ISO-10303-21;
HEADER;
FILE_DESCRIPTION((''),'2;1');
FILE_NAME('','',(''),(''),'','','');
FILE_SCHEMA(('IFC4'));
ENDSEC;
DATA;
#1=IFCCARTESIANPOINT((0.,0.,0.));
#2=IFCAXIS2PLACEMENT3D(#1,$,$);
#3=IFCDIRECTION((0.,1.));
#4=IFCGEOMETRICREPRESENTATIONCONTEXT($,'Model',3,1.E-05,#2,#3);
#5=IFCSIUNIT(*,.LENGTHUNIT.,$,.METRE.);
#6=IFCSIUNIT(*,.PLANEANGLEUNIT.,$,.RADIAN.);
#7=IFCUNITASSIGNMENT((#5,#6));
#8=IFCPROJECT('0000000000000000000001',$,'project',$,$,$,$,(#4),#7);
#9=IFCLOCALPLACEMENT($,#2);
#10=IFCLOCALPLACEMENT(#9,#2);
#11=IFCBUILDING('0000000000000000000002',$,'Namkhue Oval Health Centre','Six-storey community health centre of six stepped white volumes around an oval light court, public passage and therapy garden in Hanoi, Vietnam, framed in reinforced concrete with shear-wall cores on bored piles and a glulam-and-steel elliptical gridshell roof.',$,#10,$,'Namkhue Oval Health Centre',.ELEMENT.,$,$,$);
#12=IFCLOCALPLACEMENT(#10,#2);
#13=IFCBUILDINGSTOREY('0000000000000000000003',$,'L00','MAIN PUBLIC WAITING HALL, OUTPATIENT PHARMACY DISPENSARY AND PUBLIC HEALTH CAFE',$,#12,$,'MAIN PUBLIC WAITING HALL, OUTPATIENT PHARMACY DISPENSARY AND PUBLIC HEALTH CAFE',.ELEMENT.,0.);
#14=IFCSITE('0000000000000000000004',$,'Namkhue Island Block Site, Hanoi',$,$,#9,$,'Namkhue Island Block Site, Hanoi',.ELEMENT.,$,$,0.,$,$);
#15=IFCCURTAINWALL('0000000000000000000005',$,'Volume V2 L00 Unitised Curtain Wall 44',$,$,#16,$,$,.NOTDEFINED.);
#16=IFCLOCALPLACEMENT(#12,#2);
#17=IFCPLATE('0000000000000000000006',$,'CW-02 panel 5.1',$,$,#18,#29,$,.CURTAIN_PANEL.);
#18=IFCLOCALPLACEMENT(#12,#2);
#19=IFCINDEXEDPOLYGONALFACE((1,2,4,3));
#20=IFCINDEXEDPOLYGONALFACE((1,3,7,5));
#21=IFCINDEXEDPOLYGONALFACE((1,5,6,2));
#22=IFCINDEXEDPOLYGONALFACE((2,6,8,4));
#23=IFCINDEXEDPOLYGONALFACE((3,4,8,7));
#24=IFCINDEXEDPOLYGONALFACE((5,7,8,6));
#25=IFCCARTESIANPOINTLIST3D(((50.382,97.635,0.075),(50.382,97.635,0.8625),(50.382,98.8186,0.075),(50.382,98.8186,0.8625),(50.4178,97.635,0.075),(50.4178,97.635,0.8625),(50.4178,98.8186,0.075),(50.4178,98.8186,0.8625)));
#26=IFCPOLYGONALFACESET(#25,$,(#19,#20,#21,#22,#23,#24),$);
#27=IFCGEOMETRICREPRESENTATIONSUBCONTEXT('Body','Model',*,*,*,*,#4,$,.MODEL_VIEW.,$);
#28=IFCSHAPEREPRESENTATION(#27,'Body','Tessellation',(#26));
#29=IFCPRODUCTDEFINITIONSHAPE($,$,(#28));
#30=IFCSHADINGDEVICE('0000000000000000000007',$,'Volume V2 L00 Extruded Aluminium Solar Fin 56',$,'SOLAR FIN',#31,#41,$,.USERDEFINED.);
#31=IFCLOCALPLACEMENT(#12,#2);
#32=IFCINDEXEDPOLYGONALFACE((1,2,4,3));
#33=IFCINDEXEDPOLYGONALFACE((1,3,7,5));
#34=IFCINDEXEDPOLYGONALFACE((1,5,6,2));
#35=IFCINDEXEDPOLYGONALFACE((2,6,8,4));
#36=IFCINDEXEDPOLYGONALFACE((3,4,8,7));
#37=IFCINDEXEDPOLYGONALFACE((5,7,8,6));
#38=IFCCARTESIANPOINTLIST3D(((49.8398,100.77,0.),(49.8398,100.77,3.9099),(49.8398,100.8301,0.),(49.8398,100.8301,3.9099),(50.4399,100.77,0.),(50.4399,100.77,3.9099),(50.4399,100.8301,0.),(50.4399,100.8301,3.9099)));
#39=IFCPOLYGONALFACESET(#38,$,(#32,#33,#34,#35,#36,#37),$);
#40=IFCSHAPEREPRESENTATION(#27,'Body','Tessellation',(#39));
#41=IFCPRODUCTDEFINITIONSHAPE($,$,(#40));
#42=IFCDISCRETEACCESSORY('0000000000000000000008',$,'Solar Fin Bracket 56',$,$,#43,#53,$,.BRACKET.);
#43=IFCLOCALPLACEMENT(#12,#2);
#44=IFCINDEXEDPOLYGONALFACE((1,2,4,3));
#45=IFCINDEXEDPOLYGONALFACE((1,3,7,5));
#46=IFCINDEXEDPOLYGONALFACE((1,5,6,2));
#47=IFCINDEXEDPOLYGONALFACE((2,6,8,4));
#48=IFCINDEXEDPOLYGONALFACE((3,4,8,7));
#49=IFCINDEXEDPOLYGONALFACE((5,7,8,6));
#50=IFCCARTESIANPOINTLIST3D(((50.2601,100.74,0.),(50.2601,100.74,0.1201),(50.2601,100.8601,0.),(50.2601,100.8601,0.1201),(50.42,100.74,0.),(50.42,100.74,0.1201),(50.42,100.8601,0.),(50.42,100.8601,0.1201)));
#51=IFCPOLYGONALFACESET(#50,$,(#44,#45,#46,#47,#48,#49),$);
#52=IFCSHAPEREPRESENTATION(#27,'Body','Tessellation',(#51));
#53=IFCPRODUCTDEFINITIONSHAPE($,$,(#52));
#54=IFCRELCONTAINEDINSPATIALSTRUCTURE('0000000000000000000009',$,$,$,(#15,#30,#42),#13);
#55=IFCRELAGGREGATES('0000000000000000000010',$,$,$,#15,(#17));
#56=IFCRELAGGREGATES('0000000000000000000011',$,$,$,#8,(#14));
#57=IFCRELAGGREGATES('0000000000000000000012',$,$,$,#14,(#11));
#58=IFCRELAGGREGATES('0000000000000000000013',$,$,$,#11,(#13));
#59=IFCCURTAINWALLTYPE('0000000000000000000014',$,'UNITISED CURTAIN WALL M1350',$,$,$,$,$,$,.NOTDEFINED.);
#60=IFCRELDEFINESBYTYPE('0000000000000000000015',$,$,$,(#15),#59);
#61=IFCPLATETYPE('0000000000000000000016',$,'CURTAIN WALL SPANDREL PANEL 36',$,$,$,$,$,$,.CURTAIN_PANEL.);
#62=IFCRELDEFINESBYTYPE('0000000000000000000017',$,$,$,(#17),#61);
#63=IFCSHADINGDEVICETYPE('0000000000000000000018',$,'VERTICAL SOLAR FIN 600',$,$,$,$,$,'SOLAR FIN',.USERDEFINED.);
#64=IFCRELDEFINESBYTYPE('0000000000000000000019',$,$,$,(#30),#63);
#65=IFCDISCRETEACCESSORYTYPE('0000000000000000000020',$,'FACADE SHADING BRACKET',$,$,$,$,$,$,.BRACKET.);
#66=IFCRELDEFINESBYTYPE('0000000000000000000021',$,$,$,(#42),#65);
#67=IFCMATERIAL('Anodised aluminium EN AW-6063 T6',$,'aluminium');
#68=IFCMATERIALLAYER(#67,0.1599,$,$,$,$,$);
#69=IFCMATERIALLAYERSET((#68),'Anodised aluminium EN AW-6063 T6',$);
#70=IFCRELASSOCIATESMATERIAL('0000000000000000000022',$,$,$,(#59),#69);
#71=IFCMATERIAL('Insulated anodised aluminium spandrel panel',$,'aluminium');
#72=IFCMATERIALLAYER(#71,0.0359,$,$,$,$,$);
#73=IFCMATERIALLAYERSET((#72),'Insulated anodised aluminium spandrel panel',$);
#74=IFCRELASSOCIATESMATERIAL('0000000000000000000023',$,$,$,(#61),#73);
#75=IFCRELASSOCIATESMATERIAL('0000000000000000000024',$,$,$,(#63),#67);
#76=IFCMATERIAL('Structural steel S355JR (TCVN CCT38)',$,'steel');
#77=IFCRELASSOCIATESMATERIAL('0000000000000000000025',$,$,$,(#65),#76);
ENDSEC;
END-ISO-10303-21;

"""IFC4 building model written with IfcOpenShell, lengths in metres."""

from ifc_helpers import new_model, si_unit, direction, frame, origin, origin_2d, place, context, subcontext, project, spatial, rectangle, extrude, material, layer, layer_set, type_object, element, aggregate, save


model = new_model("IFC4")

# Units and contexts
model_context = context("Model", 3, precision=1e-05, world=origin(), true_north=direction((0.0, 1.0)))
body_context = subcontext(model_context, "Body", "Model", "MODEL_VIEW")
ifc_project = project(units=[si_unit("LENGTHUNIT", "METRE"), si_unit("PLANEANGLEUNIT", "RADIAN")], contexts=[model_context])

# Site, building, storey
site_placement = place(None, origin())
site = spatial("IfcSite", under=ifc_project, at=site_placement, Name="Namkhue Island Block Site, Hanoi", LongName="Namkhue Island Block Site, Hanoi", CompositionType="ELEMENT", RefElevation=0.0)
building_placement = place(site_placement, origin())
building = spatial("IfcBuilding", under=site, at=building_placement, Name="Namkhue Oval Health Centre", Description="Six-storey community health centre of six stepped white volumes around an oval light court, public passage and therapy garden in Hanoi, Vietnam, framed in reinforced concrete with shear-wall cores on bored piles and a glulam-and-steel elliptical gridshell roof.", LongName="Namkhue Oval Health Centre", CompositionType="ELEMENT")
storey_placement = place(building_placement, origin())
storey = spatial("IfcBuildingStorey", under=building, at=storey_placement, Name="L00", Description="MAIN PUBLIC WAITING HALL, OUTPATIENT PHARMACY DISPENSARY AND PUBLIC HEALTH CAFE", LongName="MAIN PUBLIC WAITING HALL, OUTPATIENT PHARMACY DISPENSARY AND PUBLIC HEALTH CAFE", CompositionType="ELEMENT", Elevation=0.0)

# Curtain wall, plate
ifc_material_1 = material(Name="Anodised aluminium EN AW-6063 T6", Category="aluminium")
ifc_layer_1 = layer(ifc_material_1, 0.1599)
ifc_layer_set_1 = layer_set([ifc_layer_1], Name="Anodised aluminium EN AW-6063 T6")
curtain_wall_type = type_object("IfcCurtainWallType", Name="UNITISED CURTAIN WALL M1350", PredefinedType="NOTDEFINED", material=ifc_layer_set_1)
curtain_wall_placement = place(storey_placement, origin())
curtain_wall = element("IfcCurtainWall", 1, at=curtain_wall_placement, inside=storey, type_object=curtain_wall_type, Name="Volume V2 L00 Unitised Curtain Wall 44", PredefinedType="NOTDEFINED")
ifc_material_2 = material(Name="Insulated anodised aluminium spandrel panel", Category="aluminium")
ifc_layer_2 = layer(ifc_material_2, 0.0359)
ifc_layer_set_2 = layer_set([ifc_layer_2], Name="Insulated anodised aluminium spandrel panel")
plate_type = type_object("IfcPlateType", Name="CURTAIN WALL SPANDREL PANEL 36", PredefinedType="CURTAIN_PANEL", material=ifc_layer_set_2)
plate_1_placement = place(storey_placement, frame((50.3999, 98.2268, 0.075), z_axis=(0.0, 0.0, 1.0), x_axis=(0.0, -1.0, 0.0)))
plate_1 = element("IfcPlate", 2, at=plate_1_placement, type_object=plate_type, Name="CW-02 panel 5.1", PredefinedType="CURTAIN_PANEL", context=body_context, shape_type="SweptSolid", body=[
    extrude(rectangle(XDim=1.1836, YDim=0.0359, at=origin_2d()), origin(), (0.0, 0.0, 1.0), 0.7876),
])
aggregate(curtain_wall, [plate_1])

# Shading device
shading_device_type = type_object("IfcShadingDeviceType", Name="VERTICAL SOLAR FIN 600", ElementType="SOLAR FIN", PredefinedType="USERDEFINED", material=ifc_material_1)
shading_device_placement = place(storey_placement, frame((50.1399, 100.8, 0.0), z_axis=(0.0, 0.0, 1.0), x_axis=(-1.0, 0.0, 0.0)))
element("IfcShadingDevice", 3, at=shading_device_placement, inside=storey, type_object=shading_device_type, Name="Volume V2 L00 Extruded Aluminium Solar Fin 56", ObjectType="SOLAR FIN", PredefinedType="USERDEFINED", context=body_context, shape_type="SweptSolid", body=[
    extrude(rectangle(XDim=0.6001, YDim=0.0601, at=origin_2d()), origin(), (0.0, 0.0, 1.0), 3.9099),
])

# Discrete accessory
ifc_material_3 = material(Name="Structural steel S355JR (TCVN CCT38)", Category="steel")
discrete_accessory_type = type_object("IfcDiscreteAccessoryType", Name="FACADE SHADING BRACKET", PredefinedType="BRACKET", material=ifc_material_3)
discrete_accessory_placement = place(storey_placement, frame((50.3401, 100.8, 0.0), z_axis=(0.0, 0.0, 1.0), x_axis=(-1.0, 0.0, 0.0)))
element("IfcDiscreteAccessory", 4, at=discrete_accessory_placement, inside=storey, type_object=discrete_accessory_type, Name="Solar Fin Bracket 56", PredefinedType="BRACKET", context=body_context, shape_type="SweptSolid", body=[
    extrude(rectangle(XDim=0.1599, YDim=0.1201, at=origin_2d()), origin(), (0.0, 0.0, 1.0), 0.1201),
])

save(model, "model.ifc")
